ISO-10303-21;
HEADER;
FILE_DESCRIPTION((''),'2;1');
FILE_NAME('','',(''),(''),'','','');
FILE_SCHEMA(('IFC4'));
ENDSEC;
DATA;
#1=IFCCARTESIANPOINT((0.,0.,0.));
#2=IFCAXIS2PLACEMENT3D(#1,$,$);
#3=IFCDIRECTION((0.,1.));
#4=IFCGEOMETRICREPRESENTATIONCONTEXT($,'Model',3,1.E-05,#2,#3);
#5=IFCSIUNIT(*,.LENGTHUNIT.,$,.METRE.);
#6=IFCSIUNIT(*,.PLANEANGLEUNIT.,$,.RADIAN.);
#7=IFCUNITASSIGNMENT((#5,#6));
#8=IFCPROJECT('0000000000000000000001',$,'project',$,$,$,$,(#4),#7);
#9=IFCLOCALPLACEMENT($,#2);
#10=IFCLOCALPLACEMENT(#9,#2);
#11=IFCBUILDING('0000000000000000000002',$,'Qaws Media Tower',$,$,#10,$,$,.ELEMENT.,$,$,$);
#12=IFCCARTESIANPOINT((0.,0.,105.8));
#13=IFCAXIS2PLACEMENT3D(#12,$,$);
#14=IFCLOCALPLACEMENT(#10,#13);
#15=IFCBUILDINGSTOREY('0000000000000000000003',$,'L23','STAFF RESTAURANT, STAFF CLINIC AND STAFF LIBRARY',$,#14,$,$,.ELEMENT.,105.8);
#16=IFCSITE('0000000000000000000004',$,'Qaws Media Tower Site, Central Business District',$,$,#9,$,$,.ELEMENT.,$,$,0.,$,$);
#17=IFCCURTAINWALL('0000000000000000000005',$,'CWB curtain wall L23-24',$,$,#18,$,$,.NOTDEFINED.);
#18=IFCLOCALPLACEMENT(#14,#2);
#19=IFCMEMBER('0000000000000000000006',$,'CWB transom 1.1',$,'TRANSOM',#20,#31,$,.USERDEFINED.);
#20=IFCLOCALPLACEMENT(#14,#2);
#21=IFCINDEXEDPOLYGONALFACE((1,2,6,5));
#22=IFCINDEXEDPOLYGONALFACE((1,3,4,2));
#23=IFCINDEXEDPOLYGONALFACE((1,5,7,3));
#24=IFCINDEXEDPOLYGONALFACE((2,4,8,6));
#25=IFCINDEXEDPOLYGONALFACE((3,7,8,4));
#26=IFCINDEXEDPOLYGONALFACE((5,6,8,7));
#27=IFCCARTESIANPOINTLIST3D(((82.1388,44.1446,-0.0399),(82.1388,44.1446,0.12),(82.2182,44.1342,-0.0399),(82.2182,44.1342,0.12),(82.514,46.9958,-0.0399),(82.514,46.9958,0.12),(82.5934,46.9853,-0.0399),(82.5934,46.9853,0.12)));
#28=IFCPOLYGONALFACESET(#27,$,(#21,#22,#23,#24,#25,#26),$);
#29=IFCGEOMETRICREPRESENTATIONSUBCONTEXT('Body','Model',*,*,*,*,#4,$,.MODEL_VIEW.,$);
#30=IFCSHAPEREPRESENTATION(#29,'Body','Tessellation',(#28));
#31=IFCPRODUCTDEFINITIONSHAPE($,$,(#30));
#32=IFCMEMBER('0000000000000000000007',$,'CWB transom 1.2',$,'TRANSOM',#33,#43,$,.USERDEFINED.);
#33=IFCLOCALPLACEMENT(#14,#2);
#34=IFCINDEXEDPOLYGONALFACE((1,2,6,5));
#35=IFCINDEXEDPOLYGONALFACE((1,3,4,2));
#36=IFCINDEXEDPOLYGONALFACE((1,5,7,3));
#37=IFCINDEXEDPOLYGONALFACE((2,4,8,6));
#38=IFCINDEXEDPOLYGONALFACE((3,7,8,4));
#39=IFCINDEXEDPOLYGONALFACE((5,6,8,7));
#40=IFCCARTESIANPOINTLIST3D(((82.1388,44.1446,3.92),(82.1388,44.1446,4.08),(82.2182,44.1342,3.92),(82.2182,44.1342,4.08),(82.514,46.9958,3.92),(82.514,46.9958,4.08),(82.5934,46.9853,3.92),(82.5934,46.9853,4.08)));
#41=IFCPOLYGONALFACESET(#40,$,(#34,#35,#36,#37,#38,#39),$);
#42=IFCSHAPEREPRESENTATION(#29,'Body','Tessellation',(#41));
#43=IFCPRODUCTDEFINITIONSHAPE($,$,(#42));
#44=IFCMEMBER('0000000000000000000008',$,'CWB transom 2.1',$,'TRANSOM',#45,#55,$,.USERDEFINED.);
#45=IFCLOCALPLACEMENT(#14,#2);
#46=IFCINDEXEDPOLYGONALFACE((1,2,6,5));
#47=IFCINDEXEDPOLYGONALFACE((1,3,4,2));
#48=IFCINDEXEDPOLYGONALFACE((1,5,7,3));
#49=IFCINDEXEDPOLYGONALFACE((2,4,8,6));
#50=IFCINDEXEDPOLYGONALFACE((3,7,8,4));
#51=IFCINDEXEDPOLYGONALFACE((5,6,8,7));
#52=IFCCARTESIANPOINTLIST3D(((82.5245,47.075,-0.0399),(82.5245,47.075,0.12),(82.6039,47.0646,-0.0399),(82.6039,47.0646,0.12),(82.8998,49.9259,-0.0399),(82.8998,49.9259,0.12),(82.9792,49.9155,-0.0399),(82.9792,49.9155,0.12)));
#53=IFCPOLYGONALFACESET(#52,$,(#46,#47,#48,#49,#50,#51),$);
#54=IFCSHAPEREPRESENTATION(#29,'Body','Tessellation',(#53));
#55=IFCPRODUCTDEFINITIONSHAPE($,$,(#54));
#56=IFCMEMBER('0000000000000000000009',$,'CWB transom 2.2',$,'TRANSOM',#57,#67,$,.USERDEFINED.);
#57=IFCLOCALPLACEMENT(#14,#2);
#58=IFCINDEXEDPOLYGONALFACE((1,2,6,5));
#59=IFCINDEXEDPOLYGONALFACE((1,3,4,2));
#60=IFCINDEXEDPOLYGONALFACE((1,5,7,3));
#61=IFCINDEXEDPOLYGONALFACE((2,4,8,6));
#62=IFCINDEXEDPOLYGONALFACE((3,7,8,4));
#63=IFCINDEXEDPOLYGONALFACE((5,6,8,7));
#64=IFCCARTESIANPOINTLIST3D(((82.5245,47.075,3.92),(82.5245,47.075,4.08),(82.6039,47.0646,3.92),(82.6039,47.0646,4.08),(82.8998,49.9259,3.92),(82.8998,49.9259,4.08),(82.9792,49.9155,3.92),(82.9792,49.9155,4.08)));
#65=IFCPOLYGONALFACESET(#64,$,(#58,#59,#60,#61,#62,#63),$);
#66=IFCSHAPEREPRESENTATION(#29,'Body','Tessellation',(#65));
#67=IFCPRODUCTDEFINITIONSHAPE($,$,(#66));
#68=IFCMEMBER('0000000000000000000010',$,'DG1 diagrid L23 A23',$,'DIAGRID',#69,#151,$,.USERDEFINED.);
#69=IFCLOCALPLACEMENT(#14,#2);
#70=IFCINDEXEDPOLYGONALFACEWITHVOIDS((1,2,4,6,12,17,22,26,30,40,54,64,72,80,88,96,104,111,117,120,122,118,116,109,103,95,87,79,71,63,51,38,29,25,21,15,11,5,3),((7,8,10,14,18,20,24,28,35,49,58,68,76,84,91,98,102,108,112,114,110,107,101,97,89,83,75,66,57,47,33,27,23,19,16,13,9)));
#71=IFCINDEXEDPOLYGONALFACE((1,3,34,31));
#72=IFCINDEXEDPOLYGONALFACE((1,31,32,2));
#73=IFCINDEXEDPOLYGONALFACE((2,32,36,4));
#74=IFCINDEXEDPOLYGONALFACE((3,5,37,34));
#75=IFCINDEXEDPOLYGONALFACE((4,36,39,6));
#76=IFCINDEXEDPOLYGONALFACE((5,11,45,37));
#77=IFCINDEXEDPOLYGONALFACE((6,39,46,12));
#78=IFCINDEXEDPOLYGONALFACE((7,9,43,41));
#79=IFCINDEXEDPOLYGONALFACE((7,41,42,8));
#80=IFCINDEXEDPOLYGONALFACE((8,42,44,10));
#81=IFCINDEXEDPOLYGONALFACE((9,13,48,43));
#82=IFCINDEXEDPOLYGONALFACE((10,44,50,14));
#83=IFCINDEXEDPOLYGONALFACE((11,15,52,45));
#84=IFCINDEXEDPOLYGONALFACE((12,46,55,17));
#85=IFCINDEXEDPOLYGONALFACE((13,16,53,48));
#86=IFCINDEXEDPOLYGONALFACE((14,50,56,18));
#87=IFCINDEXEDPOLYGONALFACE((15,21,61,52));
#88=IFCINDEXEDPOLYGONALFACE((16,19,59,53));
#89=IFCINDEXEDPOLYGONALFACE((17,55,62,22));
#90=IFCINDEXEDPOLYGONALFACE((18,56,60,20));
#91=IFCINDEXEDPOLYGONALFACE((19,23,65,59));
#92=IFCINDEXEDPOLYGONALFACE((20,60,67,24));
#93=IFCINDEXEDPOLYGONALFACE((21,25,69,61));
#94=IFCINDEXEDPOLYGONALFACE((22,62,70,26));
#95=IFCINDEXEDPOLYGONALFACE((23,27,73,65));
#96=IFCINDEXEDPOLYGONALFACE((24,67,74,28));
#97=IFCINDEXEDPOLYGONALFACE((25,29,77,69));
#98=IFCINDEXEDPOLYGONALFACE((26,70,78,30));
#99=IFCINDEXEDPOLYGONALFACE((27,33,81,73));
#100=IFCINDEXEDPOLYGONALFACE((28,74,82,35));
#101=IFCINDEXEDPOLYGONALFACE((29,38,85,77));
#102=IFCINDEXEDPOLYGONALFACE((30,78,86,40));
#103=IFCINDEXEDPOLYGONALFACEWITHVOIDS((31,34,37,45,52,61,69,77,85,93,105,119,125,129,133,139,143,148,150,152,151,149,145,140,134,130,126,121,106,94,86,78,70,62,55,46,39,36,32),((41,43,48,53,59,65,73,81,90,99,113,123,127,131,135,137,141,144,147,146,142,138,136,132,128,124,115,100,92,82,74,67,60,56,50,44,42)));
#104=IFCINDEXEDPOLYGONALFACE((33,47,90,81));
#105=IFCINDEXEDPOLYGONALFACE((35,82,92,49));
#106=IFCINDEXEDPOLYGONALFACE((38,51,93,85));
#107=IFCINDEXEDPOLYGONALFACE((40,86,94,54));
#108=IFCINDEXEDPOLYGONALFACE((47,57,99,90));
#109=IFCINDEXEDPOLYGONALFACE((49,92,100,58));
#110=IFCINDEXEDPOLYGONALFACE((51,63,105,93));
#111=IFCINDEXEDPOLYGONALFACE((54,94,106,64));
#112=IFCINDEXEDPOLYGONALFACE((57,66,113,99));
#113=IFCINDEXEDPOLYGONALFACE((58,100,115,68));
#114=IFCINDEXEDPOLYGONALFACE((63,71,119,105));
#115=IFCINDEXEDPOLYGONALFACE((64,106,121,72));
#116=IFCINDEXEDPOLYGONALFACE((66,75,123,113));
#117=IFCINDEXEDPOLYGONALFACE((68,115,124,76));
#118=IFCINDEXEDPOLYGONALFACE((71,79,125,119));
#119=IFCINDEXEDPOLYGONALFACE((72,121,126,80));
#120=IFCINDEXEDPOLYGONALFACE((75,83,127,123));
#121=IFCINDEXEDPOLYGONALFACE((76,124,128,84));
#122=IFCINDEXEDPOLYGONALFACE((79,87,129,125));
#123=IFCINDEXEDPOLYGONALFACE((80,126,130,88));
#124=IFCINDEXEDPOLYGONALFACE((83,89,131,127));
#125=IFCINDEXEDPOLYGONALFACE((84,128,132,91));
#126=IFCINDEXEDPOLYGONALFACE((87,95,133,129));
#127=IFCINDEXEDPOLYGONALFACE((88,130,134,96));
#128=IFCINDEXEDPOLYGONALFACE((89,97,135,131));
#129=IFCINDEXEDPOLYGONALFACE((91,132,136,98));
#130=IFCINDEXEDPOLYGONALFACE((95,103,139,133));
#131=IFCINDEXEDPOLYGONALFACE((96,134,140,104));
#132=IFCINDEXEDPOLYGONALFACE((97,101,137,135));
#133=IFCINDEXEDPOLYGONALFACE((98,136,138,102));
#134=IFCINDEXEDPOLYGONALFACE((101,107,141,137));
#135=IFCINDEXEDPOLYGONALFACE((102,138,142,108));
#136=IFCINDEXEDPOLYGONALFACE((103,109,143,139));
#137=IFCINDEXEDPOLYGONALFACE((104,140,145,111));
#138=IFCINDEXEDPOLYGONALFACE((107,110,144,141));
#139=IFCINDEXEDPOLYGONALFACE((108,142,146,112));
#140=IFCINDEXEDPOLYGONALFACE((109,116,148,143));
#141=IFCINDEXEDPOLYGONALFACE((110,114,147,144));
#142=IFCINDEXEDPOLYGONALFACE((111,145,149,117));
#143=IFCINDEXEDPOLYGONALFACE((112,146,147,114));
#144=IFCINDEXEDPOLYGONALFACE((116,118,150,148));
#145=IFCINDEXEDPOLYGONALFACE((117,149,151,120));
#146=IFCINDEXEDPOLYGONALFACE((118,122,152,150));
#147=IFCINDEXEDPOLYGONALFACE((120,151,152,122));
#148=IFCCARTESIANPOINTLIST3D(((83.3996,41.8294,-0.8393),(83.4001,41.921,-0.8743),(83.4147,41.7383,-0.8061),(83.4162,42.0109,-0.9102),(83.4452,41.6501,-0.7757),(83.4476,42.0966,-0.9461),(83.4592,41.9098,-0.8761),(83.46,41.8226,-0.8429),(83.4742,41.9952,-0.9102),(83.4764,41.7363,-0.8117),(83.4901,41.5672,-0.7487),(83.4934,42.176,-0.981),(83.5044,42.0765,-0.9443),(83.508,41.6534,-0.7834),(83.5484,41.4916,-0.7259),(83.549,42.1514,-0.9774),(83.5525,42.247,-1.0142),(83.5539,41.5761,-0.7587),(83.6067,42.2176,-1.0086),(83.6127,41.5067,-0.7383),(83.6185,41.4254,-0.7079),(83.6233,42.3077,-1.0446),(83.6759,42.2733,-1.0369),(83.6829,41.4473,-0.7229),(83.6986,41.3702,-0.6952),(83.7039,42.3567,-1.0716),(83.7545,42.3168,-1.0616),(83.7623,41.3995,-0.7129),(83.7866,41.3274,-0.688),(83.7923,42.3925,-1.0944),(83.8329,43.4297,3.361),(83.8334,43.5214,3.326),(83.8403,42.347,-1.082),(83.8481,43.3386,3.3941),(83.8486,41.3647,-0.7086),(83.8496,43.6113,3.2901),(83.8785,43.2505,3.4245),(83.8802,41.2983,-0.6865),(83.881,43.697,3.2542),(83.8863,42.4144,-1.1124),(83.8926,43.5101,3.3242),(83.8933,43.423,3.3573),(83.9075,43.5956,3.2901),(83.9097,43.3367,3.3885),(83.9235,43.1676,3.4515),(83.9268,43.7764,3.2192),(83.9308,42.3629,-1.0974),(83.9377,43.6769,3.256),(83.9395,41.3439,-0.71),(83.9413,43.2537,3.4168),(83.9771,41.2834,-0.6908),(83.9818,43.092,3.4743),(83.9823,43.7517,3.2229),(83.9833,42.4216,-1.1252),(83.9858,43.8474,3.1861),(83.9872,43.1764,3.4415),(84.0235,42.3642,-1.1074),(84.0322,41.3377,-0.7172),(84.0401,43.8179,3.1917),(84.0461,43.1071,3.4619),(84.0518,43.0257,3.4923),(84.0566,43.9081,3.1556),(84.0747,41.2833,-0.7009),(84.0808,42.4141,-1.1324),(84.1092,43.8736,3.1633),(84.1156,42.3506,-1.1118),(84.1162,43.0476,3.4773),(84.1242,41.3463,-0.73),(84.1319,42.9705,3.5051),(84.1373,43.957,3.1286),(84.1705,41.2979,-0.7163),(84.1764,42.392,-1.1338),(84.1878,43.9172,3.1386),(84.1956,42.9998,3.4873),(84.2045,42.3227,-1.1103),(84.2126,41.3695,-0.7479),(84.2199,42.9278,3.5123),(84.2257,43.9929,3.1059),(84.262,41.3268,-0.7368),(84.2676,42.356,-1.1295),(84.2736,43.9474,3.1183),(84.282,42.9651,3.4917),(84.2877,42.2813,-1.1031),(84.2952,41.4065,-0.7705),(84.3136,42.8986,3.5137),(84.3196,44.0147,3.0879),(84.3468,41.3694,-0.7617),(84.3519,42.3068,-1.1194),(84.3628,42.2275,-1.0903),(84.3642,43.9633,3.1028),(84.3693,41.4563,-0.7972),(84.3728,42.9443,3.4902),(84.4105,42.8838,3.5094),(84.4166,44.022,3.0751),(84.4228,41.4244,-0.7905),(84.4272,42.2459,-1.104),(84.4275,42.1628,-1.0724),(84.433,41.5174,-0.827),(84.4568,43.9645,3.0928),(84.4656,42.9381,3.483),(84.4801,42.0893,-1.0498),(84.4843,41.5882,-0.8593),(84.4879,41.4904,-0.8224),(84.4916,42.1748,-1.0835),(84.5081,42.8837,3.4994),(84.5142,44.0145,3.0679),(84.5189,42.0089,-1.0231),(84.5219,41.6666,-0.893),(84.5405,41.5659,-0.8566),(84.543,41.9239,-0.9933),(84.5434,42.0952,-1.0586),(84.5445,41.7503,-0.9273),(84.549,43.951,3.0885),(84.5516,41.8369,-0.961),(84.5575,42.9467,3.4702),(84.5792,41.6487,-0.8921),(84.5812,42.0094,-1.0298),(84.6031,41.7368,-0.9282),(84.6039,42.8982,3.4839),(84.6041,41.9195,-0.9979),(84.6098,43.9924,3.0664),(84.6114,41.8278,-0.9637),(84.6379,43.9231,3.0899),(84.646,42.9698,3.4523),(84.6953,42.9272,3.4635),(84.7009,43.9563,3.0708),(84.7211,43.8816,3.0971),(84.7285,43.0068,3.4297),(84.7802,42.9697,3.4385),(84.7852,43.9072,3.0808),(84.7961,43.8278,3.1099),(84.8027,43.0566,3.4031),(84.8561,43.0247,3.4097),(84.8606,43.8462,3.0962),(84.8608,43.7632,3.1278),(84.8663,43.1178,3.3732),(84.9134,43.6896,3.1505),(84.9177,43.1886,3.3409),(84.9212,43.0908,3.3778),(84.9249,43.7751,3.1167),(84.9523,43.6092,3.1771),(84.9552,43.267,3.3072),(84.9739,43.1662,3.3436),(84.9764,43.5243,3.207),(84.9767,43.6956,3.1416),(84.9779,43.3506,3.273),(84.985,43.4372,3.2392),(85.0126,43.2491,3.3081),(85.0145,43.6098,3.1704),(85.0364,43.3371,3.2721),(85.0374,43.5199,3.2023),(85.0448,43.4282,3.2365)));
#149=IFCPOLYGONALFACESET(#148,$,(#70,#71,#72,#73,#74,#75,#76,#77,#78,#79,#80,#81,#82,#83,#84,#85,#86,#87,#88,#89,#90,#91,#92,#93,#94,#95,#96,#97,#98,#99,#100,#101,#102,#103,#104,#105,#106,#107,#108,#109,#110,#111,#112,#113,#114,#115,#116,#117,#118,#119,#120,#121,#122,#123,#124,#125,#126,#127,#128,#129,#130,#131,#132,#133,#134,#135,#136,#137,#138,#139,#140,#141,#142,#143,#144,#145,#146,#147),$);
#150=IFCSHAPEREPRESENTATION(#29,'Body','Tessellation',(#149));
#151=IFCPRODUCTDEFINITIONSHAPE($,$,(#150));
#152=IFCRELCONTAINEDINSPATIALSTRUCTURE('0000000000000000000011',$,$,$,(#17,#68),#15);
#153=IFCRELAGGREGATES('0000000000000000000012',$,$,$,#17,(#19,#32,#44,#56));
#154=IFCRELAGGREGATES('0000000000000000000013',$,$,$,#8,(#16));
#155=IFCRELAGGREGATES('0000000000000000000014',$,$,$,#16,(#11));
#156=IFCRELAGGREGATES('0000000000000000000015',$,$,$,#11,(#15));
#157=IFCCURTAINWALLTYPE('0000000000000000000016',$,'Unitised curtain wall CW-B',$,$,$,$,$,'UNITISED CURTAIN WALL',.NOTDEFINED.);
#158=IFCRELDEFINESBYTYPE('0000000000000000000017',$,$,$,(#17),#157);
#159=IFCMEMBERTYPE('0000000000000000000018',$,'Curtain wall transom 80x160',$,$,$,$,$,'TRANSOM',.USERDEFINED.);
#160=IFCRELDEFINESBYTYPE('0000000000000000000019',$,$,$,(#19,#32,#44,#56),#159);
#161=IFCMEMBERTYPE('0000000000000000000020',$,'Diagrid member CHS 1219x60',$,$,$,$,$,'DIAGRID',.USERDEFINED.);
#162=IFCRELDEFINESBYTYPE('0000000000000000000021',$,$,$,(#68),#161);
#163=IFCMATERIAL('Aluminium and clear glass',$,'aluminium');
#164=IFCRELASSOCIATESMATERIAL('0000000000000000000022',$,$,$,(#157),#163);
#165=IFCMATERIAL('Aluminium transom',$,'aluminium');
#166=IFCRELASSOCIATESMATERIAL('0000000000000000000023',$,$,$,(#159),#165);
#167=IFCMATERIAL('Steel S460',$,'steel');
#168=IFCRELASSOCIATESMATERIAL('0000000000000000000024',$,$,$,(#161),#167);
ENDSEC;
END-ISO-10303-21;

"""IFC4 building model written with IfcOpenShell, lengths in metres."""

from ifc_helpers import new_model, si_unit, direction, frame, origin, origin_2d, place, context, subcontext, project, spatial, rectangle, hollow_circle, extrude, material, material_profile, profile_set, type_object, element, aggregate, save


model = new_model("IFC4")

# Units and contexts
model_context = context("Model", 3, precision=1e-05, world=origin(), true_north=direction((0.0, 1.0)))
body_context = subcontext(model_context, "Body", "Model", "MODEL_VIEW")
ifc_project = project(units=[si_unit("LENGTHUNIT", "METRE"), si_unit("PLANEANGLEUNIT", "RADIAN")], contexts=[model_context])

# Site, building, storey
site_placement = place(None, origin())
site = spatial("IfcSite", under=ifc_project, at=site_placement, Name="Qaws Media Tower Site, Central Business District", CompositionType="ELEMENT", RefElevation=0.0)
building_placement = place(site_placement, origin())
building = spatial("IfcBuilding", under=site, at=building_placement, Name="Qaws Media Tower", CompositionType="ELEMENT")
storey_placement = place(building_placement, frame((0.0, 0.0, 105.8)))
storey = spatial("IfcBuildingStorey", under=building, at=storey_placement, Name="L23", Description="STAFF RESTAURANT, STAFF CLINIC AND STAFF LIBRARY", CompositionType="ELEMENT", Elevation=105.8)

# Curtain wall
ifc_material_1 = material(Name="Aluminium and clear glass", Category="aluminium")
curtain_wall_type = type_object("IfcCurtainWallType", Name="Unitised curtain wall CW-B", ElementType="UNITISED CURTAIN WALL", PredefinedType="NOTDEFINED", material=ifc_material_1)
curtain_wall_1_placement = place(storey_placement, origin())
curtain_wall_1 = element("IfcCurtainWall", 1, at=curtain_wall_1_placement, inside=storey, type_object=curtain_wall_type, Name="CWB curtain wall L23-24", PredefinedType="NOTDEFINED")

# Members
ifc_material_2 = material(Name="Aluminium transom", Category="aluminium")
ifc_material_profile_1 = material_profile(ifc_material_2, rectangle(XDim=0.0801, YDim=0.1599, at=origin_2d()), Name="80x160")
ifc_profile_set_1 = profile_set([ifc_material_profile_1], Name="Aluminium transom")
member_type_1 = type_object("IfcMemberType", Name="Curtain wall transom 80x160", ElementType="TRANSOM", PredefinedType="USERDEFINED", material=ifc_profile_set_1)
member_1_placement = place(storey_placement, frame((82.1785, 44.1394, 0.04), z_axis=(0.13049, 0.99145, 0.0), x_axis=(-0.99145, 0.13049, 0.0)))
member_1 = element("IfcMember", 2, at=member_1_placement, type_object=member_type_1, Name="CWB transom 1.1", ObjectType="TRANSOM", PredefinedType="USERDEFINED", context=body_context, shape_type="SweptSolid", body=[
    extrude(rectangle(XDim=0.0801, YDim=0.1599, at=origin_2d()), origin(), (0.0, 0.0, 1.0), 2.8757),
])
member_2_placement = place(storey_placement, frame((82.1785, 44.1394, 4.0), z_axis=(0.13049, 0.99145, 0.0), x_axis=(-0.99145, 0.13049, 0.0)))
member_2 = element("IfcMember", 3, at=member_2_placement, type_object=member_type_1, Name="CWB transom 1.2", ObjectType="TRANSOM", PredefinedType="USERDEFINED", context=body_context, shape_type="SweptSolid", body=[
    extrude(rectangle(XDim=0.0801, YDim=0.1599, at=origin_2d()), origin(), (0.0, 0.0, 1.0), 2.8757),
])
member_3_placement = place(storey_placement, frame((82.5642, 47.0698, 0.04), z_axis=(0.130501, 0.991448, 0.0), x_axis=(-0.991448, 0.130501, 0.0)))
member_3 = element("IfcMember", 4, at=member_3_placement, type_object=member_type_1, Name="CWB transom 2.1", ObjectType="TRANSOM", PredefinedType="USERDEFINED", context=body_context, shape_type="SweptSolid", body=[
    extrude(rectangle(XDim=0.0801, YDim=0.1599, at=origin_2d()), origin(), (0.0, 0.0, 1.0), 2.8755),
])
member_4_placement = place(storey_placement, frame((82.5642, 47.0698, 4.0), z_axis=(0.130501, 0.991448, 0.0), x_axis=(-0.991448, 0.130501, 0.0)))
member_4 = element("IfcMember", 5, at=member_4_placement, type_object=member_type_1, Name="CWB transom 2.2", ObjectType="TRANSOM", PredefinedType="USERDEFINED", context=body_context, shape_type="SweptSolid", body=[
    extrude(rectangle(XDim=0.0801, YDim=0.1599, at=origin_2d()), origin(), (0.0, 0.0, 1.0), 2.8755),
])

# Member
ifc_material_3 = material(Name="Steel S460", Category="steel")
ifc_material_profile_2 = material_profile(ifc_material_3, hollow_circle(Radius=0.6096, WallThickness=0.0601, at=origin_2d()), Name="CHS 1219x60")
ifc_profile_set_2 = profile_set([ifc_material_profile_2], Name="Steel S460")
member_type_2 = type_object("IfcMemberType", Name="Diagrid member CHS 1219x60", ElementType="DIAGRID", PredefinedType="USERDEFINED", material=ifc_profile_set_2)
for number, where, z_axis, x_axis, name in (
    (6, (84.0046, 41.8516, -0.9102), (0.095968, 0.354404, 0.930155), (-0.965238, 0.261373, 0.0), "DG1 diagrid L23 A23"),
):
    element("IfcMember", number, at=place(storey_placement, frame(where, z_axis=z_axis, x_axis=x_axis)), inside=storey, type_object=member_type_2, Name=name, ObjectType="DIAGRID", PredefinedType="USERDEFINED", context=body_context, shape_type="SweptSolid", body=[
        extrude(hollow_circle(Radius=0.6096, WallThickness=0.0601, at=origin_2d()), origin(), (0.0, 0.0, 1.0), 4.5156),
    ])

aggregate(curtain_wall_1, [member_1, member_2, member_3, member_4])

save(model, "model.ifc")
